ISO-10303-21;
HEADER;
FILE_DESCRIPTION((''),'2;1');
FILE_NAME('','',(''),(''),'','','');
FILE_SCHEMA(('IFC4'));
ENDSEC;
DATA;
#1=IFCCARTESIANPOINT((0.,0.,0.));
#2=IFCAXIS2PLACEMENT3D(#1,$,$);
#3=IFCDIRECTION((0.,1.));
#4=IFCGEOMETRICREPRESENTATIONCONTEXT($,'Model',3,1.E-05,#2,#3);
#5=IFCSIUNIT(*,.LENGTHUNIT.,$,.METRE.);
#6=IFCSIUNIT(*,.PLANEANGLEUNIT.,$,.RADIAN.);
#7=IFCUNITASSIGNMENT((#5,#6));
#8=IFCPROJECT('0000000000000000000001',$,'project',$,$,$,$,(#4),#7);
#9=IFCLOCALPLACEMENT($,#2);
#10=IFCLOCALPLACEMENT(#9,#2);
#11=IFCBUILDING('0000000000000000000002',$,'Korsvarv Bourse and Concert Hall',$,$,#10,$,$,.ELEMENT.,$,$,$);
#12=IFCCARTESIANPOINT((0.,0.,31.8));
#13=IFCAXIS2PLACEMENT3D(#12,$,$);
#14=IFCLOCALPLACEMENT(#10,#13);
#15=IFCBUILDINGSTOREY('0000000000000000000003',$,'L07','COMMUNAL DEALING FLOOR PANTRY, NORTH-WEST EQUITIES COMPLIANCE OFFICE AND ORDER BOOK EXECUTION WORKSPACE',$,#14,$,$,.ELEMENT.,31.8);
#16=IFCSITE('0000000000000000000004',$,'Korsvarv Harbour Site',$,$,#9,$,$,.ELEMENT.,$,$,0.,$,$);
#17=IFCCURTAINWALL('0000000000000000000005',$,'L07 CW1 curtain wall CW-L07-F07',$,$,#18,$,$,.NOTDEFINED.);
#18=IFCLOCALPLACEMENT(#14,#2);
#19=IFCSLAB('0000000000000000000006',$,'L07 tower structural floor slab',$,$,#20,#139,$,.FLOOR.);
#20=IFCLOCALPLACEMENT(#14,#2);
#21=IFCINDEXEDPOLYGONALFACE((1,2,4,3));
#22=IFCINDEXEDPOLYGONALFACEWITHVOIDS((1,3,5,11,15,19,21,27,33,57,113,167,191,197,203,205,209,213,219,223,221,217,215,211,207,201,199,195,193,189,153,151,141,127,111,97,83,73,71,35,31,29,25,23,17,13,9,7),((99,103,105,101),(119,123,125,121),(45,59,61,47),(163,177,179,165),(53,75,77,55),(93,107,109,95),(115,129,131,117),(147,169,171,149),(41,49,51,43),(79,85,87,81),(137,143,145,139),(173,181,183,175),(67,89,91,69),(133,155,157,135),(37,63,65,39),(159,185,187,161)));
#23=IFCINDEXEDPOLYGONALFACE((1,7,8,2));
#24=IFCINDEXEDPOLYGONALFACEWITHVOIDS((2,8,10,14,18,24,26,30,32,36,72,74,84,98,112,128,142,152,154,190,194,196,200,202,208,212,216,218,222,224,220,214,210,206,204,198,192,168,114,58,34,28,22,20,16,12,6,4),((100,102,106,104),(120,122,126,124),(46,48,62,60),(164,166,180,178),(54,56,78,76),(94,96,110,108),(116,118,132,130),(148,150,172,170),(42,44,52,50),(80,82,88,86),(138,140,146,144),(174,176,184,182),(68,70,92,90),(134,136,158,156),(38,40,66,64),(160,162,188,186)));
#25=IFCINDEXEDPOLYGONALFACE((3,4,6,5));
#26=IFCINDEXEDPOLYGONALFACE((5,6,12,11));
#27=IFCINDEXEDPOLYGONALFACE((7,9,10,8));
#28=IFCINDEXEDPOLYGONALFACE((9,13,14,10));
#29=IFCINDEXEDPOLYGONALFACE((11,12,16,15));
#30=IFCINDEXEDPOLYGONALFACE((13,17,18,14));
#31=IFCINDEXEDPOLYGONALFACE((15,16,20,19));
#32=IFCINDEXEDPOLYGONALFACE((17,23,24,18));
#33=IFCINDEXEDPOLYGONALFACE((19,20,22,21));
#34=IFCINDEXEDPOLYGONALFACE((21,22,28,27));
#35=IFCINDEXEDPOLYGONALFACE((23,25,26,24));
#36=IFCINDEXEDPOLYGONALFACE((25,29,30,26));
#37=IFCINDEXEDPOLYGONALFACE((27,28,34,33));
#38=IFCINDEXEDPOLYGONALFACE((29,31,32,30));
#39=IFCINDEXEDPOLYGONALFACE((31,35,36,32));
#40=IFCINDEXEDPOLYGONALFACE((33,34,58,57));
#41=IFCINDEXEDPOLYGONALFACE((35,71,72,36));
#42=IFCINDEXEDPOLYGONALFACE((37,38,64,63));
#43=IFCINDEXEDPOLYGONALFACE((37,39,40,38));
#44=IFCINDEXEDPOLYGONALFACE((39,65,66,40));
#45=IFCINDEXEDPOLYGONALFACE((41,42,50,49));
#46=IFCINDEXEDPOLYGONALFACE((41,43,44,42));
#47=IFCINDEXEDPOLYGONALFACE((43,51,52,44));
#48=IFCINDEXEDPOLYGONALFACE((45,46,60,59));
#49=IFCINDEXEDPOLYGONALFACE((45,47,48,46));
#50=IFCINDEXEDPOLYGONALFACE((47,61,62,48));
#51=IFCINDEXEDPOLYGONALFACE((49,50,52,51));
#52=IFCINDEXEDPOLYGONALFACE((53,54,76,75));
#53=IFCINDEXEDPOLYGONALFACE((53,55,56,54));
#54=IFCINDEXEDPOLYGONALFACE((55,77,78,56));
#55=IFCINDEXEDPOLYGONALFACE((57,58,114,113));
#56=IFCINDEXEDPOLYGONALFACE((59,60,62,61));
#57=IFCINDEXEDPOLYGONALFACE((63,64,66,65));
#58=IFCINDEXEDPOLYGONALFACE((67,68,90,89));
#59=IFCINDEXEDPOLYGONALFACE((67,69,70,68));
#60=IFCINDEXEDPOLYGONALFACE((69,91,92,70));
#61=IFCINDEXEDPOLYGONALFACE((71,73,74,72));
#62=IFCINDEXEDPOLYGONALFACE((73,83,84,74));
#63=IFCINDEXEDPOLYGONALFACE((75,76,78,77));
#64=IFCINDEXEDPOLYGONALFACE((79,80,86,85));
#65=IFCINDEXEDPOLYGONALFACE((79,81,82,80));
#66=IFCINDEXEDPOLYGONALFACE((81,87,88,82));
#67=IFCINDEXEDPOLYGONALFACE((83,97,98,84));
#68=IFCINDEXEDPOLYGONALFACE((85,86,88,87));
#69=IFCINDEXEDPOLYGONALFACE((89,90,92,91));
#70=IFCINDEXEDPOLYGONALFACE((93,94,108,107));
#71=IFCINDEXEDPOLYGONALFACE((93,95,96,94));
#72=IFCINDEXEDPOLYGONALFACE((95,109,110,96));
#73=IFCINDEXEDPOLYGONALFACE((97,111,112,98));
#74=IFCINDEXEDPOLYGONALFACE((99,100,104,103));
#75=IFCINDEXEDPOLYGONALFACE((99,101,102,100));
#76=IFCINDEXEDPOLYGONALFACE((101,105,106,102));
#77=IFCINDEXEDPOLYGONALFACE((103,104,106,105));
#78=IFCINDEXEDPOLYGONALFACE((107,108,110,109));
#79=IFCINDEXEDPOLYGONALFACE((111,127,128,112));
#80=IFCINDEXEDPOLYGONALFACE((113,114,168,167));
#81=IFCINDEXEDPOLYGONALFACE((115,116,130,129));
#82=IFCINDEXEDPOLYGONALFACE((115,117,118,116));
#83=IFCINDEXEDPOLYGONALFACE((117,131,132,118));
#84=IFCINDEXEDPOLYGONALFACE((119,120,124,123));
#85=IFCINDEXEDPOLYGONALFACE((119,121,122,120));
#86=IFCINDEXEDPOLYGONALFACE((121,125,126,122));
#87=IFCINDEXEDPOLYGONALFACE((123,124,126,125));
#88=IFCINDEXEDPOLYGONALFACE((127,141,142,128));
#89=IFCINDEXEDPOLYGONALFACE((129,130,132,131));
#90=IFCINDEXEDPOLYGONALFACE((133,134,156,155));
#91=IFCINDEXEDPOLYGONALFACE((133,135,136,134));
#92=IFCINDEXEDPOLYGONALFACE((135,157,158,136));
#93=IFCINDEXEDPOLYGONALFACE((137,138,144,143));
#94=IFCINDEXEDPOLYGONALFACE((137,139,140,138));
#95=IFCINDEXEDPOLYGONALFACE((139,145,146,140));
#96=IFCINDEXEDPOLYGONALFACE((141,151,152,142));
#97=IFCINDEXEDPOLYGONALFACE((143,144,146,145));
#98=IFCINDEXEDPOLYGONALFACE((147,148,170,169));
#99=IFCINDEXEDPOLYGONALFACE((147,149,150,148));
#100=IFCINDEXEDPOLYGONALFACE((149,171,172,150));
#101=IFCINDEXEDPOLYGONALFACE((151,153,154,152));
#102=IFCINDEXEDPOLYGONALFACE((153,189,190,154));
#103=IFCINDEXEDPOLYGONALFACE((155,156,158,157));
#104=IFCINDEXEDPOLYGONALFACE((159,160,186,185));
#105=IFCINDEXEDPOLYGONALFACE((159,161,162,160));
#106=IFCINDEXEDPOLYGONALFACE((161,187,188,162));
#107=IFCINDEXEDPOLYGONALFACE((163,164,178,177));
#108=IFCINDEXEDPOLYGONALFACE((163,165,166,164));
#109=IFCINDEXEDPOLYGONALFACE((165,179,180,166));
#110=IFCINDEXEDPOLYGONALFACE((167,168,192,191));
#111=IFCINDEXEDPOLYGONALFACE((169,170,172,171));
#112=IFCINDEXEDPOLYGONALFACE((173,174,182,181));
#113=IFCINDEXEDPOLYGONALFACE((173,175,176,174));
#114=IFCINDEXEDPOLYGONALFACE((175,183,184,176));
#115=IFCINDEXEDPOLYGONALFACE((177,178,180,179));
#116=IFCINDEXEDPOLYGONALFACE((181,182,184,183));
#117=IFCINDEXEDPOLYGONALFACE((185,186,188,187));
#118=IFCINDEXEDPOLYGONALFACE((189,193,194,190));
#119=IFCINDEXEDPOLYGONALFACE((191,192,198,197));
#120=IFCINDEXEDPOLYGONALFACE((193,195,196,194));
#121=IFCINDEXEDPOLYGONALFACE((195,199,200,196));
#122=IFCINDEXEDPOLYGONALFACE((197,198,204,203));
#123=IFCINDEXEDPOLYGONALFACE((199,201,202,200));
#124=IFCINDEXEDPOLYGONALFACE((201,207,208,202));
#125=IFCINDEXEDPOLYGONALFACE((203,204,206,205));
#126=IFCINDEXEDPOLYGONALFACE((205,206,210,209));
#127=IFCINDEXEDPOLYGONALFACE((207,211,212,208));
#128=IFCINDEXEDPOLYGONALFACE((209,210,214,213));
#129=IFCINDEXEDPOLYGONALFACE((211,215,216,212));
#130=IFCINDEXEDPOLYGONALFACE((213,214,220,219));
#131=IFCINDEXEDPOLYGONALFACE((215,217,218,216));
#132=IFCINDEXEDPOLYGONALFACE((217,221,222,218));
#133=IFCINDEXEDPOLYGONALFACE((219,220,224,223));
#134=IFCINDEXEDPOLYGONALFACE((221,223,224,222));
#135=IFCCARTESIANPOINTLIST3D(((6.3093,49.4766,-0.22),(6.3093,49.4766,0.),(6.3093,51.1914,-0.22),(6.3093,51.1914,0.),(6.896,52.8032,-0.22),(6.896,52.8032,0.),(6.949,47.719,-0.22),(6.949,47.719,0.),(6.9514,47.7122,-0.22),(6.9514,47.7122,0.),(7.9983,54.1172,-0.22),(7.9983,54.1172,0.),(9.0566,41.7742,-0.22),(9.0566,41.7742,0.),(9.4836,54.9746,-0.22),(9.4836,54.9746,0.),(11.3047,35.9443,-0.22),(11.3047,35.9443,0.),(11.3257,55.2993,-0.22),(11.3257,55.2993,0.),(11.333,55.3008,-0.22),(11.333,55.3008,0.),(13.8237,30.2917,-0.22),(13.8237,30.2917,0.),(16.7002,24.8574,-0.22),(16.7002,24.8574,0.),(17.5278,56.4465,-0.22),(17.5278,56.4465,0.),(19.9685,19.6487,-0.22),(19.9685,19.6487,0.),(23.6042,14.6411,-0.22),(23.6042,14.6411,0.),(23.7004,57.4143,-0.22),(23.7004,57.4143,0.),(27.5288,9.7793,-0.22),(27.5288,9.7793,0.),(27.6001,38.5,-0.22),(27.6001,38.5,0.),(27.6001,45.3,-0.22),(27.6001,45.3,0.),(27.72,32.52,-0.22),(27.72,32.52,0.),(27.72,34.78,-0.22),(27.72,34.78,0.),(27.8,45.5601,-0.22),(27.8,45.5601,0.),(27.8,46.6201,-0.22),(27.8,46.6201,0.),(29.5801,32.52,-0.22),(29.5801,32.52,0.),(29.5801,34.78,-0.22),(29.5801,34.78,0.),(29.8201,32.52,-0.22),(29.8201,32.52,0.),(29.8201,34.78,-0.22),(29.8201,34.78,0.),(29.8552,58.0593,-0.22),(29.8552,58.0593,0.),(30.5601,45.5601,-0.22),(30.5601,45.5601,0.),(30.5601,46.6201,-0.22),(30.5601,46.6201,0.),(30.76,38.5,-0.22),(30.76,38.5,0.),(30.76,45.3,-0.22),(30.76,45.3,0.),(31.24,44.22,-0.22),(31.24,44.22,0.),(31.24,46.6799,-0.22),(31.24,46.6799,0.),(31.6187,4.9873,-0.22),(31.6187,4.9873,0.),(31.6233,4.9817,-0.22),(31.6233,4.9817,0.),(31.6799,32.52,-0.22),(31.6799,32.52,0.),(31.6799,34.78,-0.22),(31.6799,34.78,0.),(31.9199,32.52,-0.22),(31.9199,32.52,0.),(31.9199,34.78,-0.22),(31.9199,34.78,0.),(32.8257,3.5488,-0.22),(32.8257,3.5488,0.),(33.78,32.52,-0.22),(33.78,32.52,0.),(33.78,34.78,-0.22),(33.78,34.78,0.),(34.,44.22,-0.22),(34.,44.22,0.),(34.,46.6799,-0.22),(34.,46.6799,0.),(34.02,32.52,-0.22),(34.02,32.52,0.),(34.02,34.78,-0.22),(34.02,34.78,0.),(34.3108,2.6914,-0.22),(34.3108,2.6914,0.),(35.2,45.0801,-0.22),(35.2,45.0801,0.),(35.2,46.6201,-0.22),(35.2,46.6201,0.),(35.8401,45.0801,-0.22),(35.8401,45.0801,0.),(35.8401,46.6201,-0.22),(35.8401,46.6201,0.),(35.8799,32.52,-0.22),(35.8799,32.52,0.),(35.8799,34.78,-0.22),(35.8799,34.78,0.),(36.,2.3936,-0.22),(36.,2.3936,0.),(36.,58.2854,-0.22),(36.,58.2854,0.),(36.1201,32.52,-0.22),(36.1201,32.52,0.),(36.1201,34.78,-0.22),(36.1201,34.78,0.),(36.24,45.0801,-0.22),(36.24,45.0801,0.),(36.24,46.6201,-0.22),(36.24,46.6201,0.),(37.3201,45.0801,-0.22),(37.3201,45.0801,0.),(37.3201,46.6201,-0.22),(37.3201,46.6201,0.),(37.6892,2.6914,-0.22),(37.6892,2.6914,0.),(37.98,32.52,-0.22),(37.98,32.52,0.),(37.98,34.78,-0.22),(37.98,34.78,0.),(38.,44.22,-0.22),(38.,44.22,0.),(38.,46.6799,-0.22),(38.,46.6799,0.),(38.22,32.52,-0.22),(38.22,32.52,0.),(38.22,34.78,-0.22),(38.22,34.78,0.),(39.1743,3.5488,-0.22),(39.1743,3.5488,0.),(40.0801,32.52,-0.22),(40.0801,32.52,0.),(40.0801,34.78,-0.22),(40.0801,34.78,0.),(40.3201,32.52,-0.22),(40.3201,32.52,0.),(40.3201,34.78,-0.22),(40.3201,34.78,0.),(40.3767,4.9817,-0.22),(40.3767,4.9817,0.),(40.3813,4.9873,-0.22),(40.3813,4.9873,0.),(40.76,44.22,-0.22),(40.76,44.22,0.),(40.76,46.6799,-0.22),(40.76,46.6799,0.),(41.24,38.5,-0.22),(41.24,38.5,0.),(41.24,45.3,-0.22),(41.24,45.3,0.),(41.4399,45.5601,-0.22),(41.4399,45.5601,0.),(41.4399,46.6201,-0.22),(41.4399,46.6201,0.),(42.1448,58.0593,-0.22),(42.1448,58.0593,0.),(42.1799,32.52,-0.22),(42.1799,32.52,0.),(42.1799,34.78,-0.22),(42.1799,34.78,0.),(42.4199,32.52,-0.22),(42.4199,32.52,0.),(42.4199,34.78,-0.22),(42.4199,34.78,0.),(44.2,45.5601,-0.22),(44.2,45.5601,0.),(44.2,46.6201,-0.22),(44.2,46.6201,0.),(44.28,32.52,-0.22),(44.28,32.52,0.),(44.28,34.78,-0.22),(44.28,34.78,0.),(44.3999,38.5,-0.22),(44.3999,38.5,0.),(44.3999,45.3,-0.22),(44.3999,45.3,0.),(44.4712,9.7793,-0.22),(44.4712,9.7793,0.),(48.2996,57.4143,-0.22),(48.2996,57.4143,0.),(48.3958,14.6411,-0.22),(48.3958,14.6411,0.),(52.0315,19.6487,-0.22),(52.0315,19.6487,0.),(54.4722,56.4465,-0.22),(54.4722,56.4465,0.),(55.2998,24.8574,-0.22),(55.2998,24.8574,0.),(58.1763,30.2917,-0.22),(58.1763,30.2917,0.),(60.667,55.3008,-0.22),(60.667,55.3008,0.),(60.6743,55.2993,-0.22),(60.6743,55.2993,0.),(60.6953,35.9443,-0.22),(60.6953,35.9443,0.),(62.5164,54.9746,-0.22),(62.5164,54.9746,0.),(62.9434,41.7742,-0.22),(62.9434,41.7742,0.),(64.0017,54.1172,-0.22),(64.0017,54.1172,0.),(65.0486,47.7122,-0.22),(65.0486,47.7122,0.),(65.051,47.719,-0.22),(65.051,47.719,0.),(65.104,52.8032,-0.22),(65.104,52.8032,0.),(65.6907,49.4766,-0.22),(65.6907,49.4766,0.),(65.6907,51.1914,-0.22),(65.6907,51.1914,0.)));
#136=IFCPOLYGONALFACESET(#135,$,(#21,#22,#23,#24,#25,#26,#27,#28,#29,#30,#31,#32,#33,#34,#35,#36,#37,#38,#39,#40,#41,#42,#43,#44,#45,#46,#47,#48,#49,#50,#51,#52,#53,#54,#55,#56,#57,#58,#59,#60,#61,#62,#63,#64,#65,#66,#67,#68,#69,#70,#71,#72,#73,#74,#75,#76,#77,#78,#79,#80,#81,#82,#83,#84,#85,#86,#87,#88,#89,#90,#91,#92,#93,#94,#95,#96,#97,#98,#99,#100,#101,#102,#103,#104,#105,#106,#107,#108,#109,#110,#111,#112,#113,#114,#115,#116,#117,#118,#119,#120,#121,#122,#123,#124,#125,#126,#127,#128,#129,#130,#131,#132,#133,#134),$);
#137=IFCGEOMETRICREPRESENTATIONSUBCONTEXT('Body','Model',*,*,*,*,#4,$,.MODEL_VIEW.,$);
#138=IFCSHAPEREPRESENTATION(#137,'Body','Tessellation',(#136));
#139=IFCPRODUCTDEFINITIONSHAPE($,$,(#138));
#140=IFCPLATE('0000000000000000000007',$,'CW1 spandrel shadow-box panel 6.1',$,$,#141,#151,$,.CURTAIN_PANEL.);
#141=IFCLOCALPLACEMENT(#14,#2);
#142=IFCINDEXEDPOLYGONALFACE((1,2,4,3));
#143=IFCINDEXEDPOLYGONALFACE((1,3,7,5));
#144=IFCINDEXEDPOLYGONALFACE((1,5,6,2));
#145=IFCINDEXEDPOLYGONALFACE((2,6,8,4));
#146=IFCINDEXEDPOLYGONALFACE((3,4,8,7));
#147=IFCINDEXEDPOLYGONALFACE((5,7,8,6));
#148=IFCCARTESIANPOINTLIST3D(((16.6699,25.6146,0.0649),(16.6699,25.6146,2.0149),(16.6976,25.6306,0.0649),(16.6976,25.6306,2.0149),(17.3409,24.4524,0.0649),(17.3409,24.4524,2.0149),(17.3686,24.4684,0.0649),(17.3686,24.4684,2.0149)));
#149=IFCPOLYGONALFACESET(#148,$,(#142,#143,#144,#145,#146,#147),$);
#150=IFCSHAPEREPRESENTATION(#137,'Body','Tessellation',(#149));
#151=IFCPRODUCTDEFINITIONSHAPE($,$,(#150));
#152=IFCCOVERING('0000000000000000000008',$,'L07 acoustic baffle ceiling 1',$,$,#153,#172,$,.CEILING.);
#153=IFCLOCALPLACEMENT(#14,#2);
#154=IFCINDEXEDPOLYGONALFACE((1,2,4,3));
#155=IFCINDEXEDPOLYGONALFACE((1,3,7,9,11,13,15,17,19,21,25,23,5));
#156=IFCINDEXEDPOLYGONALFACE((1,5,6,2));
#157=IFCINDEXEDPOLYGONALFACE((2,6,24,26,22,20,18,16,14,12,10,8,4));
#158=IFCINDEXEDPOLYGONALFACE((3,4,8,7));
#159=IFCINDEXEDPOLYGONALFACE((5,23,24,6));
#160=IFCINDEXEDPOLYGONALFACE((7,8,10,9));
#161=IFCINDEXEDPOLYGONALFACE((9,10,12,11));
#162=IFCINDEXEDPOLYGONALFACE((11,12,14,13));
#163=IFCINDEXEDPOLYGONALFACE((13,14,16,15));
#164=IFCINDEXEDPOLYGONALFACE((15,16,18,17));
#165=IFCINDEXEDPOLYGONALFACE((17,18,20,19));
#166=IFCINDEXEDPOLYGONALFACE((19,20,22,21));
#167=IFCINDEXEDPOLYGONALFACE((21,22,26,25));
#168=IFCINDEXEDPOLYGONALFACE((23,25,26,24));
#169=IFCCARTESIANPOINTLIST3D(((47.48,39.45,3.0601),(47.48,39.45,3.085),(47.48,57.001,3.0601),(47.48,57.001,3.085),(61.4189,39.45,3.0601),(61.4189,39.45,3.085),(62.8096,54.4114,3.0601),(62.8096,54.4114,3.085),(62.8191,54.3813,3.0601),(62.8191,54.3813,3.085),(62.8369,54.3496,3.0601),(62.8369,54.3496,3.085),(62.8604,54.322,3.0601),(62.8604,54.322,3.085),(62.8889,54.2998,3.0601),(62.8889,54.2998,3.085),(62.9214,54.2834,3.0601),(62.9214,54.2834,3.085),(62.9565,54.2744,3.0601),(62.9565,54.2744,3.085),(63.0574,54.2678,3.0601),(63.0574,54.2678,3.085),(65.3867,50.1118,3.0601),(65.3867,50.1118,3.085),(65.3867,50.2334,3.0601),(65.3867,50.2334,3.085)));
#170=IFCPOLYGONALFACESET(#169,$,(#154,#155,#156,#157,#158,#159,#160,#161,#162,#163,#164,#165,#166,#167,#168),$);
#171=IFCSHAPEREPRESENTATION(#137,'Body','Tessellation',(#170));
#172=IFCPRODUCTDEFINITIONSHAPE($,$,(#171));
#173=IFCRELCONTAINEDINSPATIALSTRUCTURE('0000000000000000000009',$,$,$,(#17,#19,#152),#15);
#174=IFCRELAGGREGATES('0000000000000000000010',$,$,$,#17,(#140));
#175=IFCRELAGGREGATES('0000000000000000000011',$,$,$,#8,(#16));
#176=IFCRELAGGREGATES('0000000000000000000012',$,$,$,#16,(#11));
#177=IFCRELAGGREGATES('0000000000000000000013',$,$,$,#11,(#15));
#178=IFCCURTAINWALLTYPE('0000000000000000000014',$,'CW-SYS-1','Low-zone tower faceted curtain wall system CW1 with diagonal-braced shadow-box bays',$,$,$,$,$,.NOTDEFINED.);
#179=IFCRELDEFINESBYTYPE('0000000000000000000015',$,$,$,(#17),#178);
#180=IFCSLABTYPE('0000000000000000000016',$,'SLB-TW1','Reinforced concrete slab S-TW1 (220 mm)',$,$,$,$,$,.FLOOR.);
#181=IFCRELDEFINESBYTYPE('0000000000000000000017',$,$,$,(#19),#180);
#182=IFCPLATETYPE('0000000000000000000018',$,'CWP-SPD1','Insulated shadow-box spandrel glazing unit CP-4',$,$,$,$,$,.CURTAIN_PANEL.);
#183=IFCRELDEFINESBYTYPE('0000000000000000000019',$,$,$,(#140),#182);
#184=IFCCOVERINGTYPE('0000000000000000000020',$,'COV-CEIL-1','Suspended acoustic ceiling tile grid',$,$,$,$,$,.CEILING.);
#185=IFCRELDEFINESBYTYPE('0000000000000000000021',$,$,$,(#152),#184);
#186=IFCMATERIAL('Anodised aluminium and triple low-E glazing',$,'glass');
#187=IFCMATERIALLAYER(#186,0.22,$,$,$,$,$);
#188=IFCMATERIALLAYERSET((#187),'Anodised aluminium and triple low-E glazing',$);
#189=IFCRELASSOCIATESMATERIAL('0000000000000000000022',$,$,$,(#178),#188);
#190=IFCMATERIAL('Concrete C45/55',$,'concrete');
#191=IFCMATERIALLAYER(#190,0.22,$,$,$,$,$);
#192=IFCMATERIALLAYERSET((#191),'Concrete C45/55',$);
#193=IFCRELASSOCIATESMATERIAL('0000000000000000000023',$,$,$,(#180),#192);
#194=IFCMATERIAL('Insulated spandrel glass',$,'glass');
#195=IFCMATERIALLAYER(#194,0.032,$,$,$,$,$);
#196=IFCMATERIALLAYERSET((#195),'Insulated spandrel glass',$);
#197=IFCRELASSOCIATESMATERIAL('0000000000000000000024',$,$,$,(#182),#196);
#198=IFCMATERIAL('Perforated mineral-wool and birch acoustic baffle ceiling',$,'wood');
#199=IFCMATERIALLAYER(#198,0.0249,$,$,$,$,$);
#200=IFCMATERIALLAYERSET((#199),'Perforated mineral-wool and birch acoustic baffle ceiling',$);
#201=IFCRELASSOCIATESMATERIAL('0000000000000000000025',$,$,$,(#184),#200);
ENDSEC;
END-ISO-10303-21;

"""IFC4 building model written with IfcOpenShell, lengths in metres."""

from ifc_helpers import new_model, si_unit, direction, frame, origin, origin_2d, place, context, subcontext, project, spatial, polyline, rectangle, outline, extrude, source, transform, mapped, material, layer, layer_set, type_object, element, aggregate, save


model = new_model("IFC4")

# Units and contexts
model_context = context("Model", 3, precision=1e-05, world=origin(), true_north=direction((0.0, 1.0)))
body_context = subcontext(model_context, "Body", "Model", "MODEL_VIEW")
ifc_project = project(units=[si_unit("LENGTHUNIT", "METRE"), si_unit("PLANEANGLEUNIT", "RADIAN")], contexts=[model_context])

# Site, building, storey
site_placement = place(None, origin())
site = spatial("IfcSite", under=ifc_project, at=site_placement, Name="Korsvarv Harbour Site", CompositionType="ELEMENT", RefElevation=0.0)
building_placement = place(site_placement, origin())
building = spatial("IfcBuilding", under=site, at=building_placement, Name="Korsvarv Bourse and Concert Hall", CompositionType="ELEMENT")
storey_placement = place(building_placement, frame((0.0, 0.0, 31.8)))
storey = spatial("IfcBuildingStorey", under=building, at=storey_placement, Name="L07", Description="COMMUNAL DEALING FLOOR PANTRY, NORTH-WEST EQUITIES COMPLIANCE OFFICE AND ORDER BOOK EXECUTION WORKSPACE", CompositionType="ELEMENT", Elevation=31.8)

# Curtain wall
ifc_material_1 = material(Name="Anodised aluminium and triple low-E glazing", Category="glass")
ifc_layer_1 = layer(ifc_material_1, 0.22)
ifc_layer_set_1 = layer_set([ifc_layer_1], Name="Anodised aluminium and triple low-E glazing")
curtain_wall_type = type_object("IfcCurtainWallType", Name="CW-SYS-1", Description="Low-zone tower faceted curtain wall system CW1 with diagonal-braced shadow-box bays", PredefinedType="NOTDEFINED", material=ifc_layer_set_1)
curtain_wall_placement = place(storey_placement, origin())
curtain_wall = element("IfcCurtainWall", 1, at=curtain_wall_placement, inside=storey, type_object=curtain_wall_type, Name="L07 CW1 curtain wall CW-L07-F07", PredefinedType="NOTDEFINED")

# Slab
ifc_material_2 = material(Name="Concrete C45/55", Category="concrete")
ifc_layer_2 = layer(ifc_material_2, 0.22)
ifc_layer_set_2 = layer_set([ifc_layer_2], Name="Concrete C45/55")
slab_type_1 = type_object("IfcSlabType", Name="SLB-TW1", Description="Reinforced concrete slab S-TW1 (220 mm)", PredefinedType="FLOOR", material=ifc_layer_set_2)
slab_1_placement = place(storey_placement, frame((0.0, 0.0, -0.22)))
element("IfcSlab", 2, at=slab_1_placement, inside=storey, type_object=slab_type_1, Name="L07 tower structural floor slab", PredefinedType="FLOOR", context=body_context, shape_type="SweptSolid", body=[
    extrude(outline(polyline([(65.0486, 47.7122), (62.9434, 41.7742), (60.6953, 35.9443), (58.1763, 30.2917), (55.2998, 24.8574), (52.0315, 19.6487), (48.3958, 14.6411), (44.4712, 9.7793), (40.3813, 4.9873), (40.3767, 4.9817), (39.1743, 3.5488), (37.6892, 2.6914), (36.0, 2.3936), (34.3108, 2.6914), (32.8257, 3.5488), (31.6233, 4.9817), (31.6187, 4.9873), (27.5288, 9.7793), (23.6042, 14.6411), (19.9685, 19.6487), (16.7002, 24.8574), (13.8237, 30.2917), (11.3047, 35.9443), (9.0566, 41.7742), (6.9514, 47.7122), (6.949, 47.719), (6.3093, 49.4766), (6.3093, 51.1914), (6.896, 52.8032), (7.9983, 54.1172), (9.4836, 54.9746), (11.3257, 55.2993), (11.333, 55.3008), (17.5278, 56.4465), (23.7004, 57.4143), (29.8552, 58.0593), (36.0, 58.2854), (42.1448, 58.0593), (48.2996, 57.4143), (54.4722, 56.4465), (60.667, 55.3008), (60.6743, 55.2993), (62.5164, 54.9746), (64.0017, 54.1172), (65.104, 52.8032), (65.6907, 51.1914), (65.6907, 49.4766), (65.051, 47.719), (65.0486, 47.7122)]), holes=[polyline([(30.76, 38.5), (30.76, 45.3), (27.6001, 45.3), (27.6001, 38.5), (30.76, 38.5)]), polyline([(44.3999, 38.5), (44.3999, 45.3), (41.24, 45.3), (41.24, 38.5), (44.3999, 38.5)]), polyline([(31.24, 44.22), (34.0, 44.22), (34.0, 46.6799), (31.24, 46.6799), (31.24, 44.22)]), polyline([(38.0, 44.22), (40.76, 44.22), (40.76, 46.6799), (38.0, 46.6799), (38.0, 44.22)]), polyline([(27.72, 32.52), (29.5801, 32.52), (29.5801, 34.78), (27.72, 34.78), (27.72, 32.52)]), polyline([(29.8201, 32.52), (31.6799, 32.52), (31.6799, 34.78), (29.8201, 34.78), (29.8201, 32.52)]), polyline([(31.9199, 32.52), (33.78, 32.52), (33.78, 34.78), (31.9199, 34.78), (31.9199, 32.52)]), polyline([(34.02, 32.52), (35.8799, 32.52), (35.8799, 34.78), (34.02, 34.78), (34.02, 32.52)]), polyline([(36.1201, 32.52), (37.98, 32.52), (37.98, 34.78), (36.1201, 34.78), (36.1201, 32.52)]), polyline([(38.22, 32.52), (40.0801, 32.52), (40.0801, 34.78), (38.22, 34.78), (38.22, 32.52)]), polyline([(40.3201, 32.52), (42.1799, 32.52), (42.1799, 34.78), (40.3201, 34.78), (40.3201, 32.52)]), polyline([(42.4199, 32.52), (44.28, 32.52), (44.28, 34.78), (42.4199, 34.78), (42.4199, 32.52)]), polyline([(27.8, 45.5601), (30.5601, 45.5601), (30.5601, 46.6201), (27.8, 46.6201), (27.8, 45.5601)]), polyline([(41.4399, 45.5601), (44.2, 45.5601), (44.2, 46.6201), (41.4399, 46.6201), (41.4399, 45.5601)]), polyline([(35.2, 45.0801), (35.8401, 45.0801), (35.8401, 46.6201), (35.2, 46.6201), (35.2, 45.0801)]), polyline([(36.24, 45.0801), (37.3201, 45.0801), (37.3201, 46.6201), (36.24, 46.6201), (36.24, 45.0801)])]), origin(), (0.0, 0.0, 1.0), 0.22),
])

# Plate
ifc_material_3 = material(Name="Insulated spandrel glass", Category="glass")
ifc_layer_3 = layer(ifc_material_3, 0.032)
ifc_layer_set_3 = layer_set([ifc_layer_3], Name="Insulated spandrel glass")
plate_type = type_object("IfcPlateType", Name="CWP-SPD1", Description="Insulated shadow-box spandrel glazing unit CP-4", PredefinedType="CURTAIN_PANEL", material=ifc_layer_set_3)
shared_shape_1 = source(origin(), body_context, "Body", "SweptSolid", [
    extrude(rectangle(XDim=1.342, YDim=0.032, at=origin_2d()), origin(), (0.0, 0.0, 1.0), 1.95),
])
plate_placement = place(storey_placement, frame((17.0193, 25.0415, 0.0649), z_axis=(0.0, 0.0, 1.0), x_axis=(0.499995, -0.866029, 0.0)))
plate = element("IfcPlate", 3, at=plate_placement, type_object=plate_type, Name="CW1 spandrel shadow-box panel 6.1", PredefinedType="CURTAIN_PANEL", context=body_context, shape_type="MappedRepresentation", body=[
    mapped(shared_shape_1, transform((0.0, 0.0, 0.0), scale=1.0)),
])
aggregate(curtain_wall, [plate])

# Covering
ifc_material_4 = material(Name="Perforated mineral-wool and birch acoustic baffle ceiling", Category="wood")
ifc_layer_4 = layer(ifc_material_4, 0.0249)
ifc_layer_set_4 = layer_set([ifc_layer_4], Name="Perforated mineral-wool and birch acoustic baffle ceiling")
covering_type_1 = type_object("IfcCoveringType", Name="COV-CEIL-1", Description="Suspended acoustic ceiling tile grid", PredefinedType="CEILING", material=ifc_layer_set_4)
covering_1_placement = place(storey_placement, frame((0.0, 0.0, 3.0601)))
element("IfcCovering", 4, at=covering_1_placement, inside=storey, type_object=covering_type_1, Name="L07 acoustic baffle ceiling 1", PredefinedType="CEILING", context=body_context, shape_type="SweptSolid", body=[
    extrude(outline(polyline([(47.48, 57.001), (62.8096, 54.4114), (62.8191, 54.3813), (62.8369, 54.3496), (62.8604, 54.322), (62.8889, 54.2998), (62.9214, 54.2834), (62.9565, 54.2744), (63.0574, 54.2678), (65.3867, 50.2334), (65.3867, 50.1118), (61.4189, 39.45), (47.48, 39.45), (47.48, 57.001)])), origin(), (0.0, 0.0, 1.0), 0.0249),
])

save(model, "model.ifc")
